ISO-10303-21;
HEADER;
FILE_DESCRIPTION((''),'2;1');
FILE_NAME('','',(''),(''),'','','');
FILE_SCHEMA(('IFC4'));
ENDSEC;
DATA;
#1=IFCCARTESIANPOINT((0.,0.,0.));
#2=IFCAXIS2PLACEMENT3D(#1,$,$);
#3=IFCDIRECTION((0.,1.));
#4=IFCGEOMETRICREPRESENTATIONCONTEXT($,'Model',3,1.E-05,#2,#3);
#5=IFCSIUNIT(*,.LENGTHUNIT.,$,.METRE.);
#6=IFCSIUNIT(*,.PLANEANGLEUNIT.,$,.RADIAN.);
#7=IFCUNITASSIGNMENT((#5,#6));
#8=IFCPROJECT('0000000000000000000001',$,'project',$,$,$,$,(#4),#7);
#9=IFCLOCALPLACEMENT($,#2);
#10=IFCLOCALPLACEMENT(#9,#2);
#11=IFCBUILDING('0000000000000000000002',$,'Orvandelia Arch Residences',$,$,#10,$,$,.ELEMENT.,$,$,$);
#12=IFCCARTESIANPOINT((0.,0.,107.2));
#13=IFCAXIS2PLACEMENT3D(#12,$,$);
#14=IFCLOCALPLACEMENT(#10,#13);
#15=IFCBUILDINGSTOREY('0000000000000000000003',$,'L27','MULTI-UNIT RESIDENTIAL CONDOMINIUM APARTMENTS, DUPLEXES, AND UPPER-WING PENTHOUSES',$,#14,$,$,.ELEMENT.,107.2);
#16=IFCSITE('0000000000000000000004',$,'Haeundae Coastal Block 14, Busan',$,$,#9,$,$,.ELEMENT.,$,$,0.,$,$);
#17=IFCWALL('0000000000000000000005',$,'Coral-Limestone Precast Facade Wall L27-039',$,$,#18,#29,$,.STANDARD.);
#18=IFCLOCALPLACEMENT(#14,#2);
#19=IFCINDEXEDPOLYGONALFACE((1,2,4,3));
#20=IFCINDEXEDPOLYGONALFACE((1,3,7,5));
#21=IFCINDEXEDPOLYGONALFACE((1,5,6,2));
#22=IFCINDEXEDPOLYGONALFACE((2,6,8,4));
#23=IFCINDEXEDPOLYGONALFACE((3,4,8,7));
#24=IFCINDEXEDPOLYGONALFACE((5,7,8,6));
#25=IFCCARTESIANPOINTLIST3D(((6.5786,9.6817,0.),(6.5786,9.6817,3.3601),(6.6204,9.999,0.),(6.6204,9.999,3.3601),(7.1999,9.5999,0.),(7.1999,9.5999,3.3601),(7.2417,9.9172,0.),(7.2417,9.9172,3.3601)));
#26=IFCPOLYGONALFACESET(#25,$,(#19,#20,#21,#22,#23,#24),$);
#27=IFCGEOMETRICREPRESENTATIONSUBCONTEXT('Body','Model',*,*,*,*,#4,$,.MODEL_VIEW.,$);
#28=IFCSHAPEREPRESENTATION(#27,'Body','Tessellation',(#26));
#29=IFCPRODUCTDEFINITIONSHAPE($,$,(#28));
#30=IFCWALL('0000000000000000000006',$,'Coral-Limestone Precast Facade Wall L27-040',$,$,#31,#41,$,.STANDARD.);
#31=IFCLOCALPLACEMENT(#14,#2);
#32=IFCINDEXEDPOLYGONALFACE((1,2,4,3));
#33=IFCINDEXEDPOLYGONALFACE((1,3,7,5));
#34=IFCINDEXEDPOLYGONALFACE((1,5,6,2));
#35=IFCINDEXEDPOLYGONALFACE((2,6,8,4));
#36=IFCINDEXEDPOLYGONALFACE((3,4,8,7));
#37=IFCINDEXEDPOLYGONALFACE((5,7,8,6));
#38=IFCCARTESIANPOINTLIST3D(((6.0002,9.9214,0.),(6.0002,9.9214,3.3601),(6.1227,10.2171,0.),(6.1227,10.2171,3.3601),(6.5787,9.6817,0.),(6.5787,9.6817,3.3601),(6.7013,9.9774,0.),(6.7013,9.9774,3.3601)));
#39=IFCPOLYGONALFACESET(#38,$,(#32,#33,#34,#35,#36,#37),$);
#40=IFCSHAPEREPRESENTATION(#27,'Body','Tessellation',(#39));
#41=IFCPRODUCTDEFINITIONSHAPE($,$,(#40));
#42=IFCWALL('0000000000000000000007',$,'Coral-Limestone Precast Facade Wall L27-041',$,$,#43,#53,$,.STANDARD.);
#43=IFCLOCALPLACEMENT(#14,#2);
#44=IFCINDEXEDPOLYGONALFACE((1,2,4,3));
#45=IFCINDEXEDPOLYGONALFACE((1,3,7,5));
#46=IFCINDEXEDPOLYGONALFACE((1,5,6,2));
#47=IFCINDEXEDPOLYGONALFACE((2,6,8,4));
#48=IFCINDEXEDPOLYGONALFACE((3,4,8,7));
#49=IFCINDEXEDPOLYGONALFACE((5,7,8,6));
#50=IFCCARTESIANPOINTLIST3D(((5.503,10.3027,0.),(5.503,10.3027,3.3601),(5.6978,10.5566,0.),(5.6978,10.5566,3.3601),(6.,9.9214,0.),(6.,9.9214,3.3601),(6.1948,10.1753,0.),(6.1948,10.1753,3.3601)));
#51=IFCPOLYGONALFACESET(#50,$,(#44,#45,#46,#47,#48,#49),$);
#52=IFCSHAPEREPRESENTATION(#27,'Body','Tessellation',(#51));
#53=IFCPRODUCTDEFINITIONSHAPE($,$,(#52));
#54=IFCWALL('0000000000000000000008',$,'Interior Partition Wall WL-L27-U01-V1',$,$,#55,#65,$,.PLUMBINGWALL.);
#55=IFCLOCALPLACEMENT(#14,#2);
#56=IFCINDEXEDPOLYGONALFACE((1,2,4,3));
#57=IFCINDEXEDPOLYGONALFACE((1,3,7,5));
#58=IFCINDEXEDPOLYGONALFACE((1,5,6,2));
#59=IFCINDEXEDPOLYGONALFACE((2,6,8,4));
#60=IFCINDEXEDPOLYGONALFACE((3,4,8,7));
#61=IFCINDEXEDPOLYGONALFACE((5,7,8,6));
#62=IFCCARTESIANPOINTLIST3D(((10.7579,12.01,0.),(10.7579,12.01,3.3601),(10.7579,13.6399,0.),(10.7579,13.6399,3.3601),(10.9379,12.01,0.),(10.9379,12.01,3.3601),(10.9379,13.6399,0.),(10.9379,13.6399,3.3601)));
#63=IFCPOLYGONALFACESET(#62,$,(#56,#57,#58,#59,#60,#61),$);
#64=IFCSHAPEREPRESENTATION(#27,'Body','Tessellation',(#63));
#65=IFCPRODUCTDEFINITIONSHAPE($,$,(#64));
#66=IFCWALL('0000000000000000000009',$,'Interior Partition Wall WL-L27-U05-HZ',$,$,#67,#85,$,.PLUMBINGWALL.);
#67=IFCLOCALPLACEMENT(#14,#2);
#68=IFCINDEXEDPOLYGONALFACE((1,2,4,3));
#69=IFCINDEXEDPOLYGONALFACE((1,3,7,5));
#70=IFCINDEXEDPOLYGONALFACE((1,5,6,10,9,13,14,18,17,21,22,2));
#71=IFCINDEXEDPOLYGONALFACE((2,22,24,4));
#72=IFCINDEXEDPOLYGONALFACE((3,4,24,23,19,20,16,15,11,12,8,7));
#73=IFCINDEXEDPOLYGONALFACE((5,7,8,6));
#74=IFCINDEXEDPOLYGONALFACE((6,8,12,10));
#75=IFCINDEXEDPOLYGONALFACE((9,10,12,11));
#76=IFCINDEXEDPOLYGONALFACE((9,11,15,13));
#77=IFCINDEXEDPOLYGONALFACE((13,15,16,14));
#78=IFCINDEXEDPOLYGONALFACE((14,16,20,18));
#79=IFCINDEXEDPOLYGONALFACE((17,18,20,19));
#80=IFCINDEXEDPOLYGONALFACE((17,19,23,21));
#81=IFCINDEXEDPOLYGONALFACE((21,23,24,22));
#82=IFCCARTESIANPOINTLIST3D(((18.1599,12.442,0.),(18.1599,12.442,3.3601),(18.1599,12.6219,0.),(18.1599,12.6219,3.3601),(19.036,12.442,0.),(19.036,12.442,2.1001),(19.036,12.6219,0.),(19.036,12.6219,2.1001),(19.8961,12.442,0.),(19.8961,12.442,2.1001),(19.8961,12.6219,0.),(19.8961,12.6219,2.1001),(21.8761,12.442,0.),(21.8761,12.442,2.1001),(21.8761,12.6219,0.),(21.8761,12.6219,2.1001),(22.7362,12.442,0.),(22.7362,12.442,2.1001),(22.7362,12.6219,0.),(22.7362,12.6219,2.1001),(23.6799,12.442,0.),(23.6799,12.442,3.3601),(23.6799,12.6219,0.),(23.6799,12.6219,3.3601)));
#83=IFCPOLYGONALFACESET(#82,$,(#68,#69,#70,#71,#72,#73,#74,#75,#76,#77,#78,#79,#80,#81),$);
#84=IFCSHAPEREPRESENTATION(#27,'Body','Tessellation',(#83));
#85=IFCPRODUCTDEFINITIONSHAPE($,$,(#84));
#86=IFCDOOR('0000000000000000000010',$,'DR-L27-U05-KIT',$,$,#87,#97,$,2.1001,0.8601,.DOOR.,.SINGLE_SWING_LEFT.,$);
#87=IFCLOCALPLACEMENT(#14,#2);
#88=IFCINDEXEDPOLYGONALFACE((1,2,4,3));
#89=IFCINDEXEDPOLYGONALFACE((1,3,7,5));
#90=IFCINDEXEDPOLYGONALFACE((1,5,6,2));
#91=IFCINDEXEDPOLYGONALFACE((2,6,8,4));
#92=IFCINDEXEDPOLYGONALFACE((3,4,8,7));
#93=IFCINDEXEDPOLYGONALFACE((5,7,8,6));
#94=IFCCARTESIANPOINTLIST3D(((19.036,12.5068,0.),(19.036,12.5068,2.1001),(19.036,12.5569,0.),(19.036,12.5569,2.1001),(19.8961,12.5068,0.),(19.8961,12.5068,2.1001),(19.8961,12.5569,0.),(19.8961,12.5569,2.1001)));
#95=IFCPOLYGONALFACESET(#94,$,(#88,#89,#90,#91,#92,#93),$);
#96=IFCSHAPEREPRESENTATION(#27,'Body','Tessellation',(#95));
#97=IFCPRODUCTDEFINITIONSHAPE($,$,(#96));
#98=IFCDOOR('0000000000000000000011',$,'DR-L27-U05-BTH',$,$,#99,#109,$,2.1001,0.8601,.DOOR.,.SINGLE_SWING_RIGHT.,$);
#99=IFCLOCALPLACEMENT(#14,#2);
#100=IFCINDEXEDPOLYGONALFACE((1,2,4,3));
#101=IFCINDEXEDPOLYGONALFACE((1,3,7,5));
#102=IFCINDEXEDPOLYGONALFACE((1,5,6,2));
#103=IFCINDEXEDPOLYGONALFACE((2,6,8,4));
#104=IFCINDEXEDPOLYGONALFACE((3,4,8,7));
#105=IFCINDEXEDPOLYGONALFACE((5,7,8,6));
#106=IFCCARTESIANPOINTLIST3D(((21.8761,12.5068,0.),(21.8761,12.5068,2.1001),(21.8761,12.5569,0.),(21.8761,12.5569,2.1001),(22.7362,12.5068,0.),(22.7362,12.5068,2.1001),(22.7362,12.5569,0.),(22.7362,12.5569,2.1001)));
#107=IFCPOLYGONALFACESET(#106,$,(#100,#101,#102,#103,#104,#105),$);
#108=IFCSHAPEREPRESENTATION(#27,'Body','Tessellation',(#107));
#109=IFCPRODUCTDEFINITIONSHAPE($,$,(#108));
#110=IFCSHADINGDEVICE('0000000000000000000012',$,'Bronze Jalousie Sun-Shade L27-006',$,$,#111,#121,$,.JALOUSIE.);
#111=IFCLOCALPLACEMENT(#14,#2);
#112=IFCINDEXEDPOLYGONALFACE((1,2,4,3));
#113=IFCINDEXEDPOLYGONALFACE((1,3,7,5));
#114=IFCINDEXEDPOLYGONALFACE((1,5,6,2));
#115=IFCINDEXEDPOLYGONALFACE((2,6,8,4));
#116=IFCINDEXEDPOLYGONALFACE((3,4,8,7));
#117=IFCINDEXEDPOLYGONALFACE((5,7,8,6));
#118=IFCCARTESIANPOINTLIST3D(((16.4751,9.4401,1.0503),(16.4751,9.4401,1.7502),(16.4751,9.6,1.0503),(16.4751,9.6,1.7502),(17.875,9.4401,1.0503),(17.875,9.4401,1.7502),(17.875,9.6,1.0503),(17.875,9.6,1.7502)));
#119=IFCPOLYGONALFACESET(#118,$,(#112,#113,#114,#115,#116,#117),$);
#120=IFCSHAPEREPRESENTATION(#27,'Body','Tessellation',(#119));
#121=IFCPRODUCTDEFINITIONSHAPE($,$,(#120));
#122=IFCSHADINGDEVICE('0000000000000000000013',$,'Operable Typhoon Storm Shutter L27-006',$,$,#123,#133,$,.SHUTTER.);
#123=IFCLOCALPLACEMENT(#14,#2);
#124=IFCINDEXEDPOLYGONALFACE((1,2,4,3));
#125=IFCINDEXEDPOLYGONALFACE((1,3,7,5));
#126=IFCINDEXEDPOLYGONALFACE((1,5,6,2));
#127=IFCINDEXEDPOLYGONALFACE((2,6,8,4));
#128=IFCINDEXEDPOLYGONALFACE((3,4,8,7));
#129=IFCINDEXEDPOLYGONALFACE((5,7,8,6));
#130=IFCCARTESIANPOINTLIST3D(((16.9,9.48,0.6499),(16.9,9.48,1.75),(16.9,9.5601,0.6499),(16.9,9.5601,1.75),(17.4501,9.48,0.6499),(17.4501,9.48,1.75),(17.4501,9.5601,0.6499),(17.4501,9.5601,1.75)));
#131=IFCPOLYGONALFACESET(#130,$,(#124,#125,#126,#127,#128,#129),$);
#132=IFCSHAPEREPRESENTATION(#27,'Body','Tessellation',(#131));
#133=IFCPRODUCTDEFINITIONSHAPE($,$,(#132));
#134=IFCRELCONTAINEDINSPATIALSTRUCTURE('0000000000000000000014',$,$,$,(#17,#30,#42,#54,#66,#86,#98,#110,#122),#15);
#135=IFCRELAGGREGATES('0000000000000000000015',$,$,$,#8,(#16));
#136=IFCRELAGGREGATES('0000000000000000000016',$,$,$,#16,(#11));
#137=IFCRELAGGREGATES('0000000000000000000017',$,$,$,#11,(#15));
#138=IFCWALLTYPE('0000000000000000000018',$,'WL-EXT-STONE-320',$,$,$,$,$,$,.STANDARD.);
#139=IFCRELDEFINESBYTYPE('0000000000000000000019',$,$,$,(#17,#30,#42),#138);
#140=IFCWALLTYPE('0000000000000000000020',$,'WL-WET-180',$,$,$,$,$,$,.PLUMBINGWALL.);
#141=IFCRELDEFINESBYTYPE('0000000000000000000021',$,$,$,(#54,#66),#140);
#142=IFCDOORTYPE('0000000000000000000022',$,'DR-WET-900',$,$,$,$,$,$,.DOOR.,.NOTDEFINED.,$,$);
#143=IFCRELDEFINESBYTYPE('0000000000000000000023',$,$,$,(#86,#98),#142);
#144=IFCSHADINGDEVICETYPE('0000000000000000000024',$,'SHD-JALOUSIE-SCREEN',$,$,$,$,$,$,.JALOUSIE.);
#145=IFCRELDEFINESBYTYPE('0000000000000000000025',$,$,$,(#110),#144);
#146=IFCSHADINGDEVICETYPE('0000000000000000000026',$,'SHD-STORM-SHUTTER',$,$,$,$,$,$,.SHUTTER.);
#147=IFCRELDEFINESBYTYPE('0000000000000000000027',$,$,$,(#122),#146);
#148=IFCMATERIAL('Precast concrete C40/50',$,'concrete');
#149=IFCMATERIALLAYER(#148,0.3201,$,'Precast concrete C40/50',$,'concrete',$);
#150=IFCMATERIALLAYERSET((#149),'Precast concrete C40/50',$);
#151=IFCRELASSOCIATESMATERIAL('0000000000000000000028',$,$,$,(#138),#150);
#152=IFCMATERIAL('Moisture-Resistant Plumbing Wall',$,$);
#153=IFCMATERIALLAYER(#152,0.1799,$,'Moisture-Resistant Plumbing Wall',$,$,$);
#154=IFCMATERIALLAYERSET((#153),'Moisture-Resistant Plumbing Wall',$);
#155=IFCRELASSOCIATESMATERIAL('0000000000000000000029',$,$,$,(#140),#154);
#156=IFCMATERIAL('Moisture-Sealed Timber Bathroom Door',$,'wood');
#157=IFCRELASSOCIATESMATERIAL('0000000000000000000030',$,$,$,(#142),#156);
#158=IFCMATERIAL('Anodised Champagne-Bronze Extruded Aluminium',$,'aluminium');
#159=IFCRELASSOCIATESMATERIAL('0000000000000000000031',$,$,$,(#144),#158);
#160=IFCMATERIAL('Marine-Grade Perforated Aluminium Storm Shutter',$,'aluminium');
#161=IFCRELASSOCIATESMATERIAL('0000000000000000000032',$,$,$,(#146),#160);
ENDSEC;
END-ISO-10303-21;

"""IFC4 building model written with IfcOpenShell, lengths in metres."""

from ifc_helpers import new_model, si_unit, direction, frame, frame_2d, origin, origin_2d, place, context, subcontext, project, spatial, rectangle, extrude, material, layer, layer_set, type_object, element, fill, save


model = new_model("IFC4")

# Units and contexts
model_context = context("Model", 3, precision=1e-05, world=origin(), true_north=direction((0.0, 1.0)))
body_context = subcontext(model_context, "Body", "Model", "MODEL_VIEW")
ifc_project = project(units=[si_unit("LENGTHUNIT", "METRE"), si_unit("PLANEANGLEUNIT", "RADIAN")], contexts=[model_context])

# Site, building, storey
site_placement = place(None, origin())
site = spatial("IfcSite", under=ifc_project, at=site_placement, Name="Haeundae Coastal Block 14, Busan", CompositionType="ELEMENT", RefElevation=0.0)
building_placement = place(site_placement, origin())
building = spatial("IfcBuilding", under=site, at=building_placement, Name="Orvandelia Arch Residences", CompositionType="ELEMENT")
storey_placement = place(building_placement, frame((0.0, 0.0, 107.2)))
storey = spatial("IfcBuildingStorey", under=building, at=storey_placement, Name="L27", Description="MULTI-UNIT RESIDENTIAL CONDOMINIUM APARTMENTS, DUPLEXES, AND UPPER-WING PENTHOUSES", CompositionType="ELEMENT", Elevation=107.2)

# Walls
ifc_material_1 = material(Name="Precast concrete C40/50", Category="concrete")
ifc_layer_1 = layer(ifc_material_1, 0.3201, Name="Precast concrete C40/50", Category="concrete")
ifc_layer_set_1 = layer_set([ifc_layer_1], Name="Precast concrete C40/50")
wall_type_1 = type_object("IfcWallType", Name="WL-EXT-STONE-320", PredefinedType="STANDARD", material=ifc_layer_set_1)
wall_1_placement = place(storey_placement, frame((7.2209, 9.7585, 0.0), z_axis=(0.0, 0.0, 1.0), x_axis=(-0.991448, 0.130505, 0.0)))
element("IfcWall", 1, at=wall_1_placement, inside=storey, type_object=wall_type_1, Name="Coral-Limestone Precast Facade Wall L27-039", PredefinedType="STANDARD", context=body_context, shape_type="SweptSolid", body=[
    extrude(rectangle(XDim=0.6267, YDim=0.3201, at=frame_2d((0.3135, 0.0))), origin(), (0.0, 0.0, 1.0), 3.3601),
])
wall_2_placement = place(storey_placement, frame((6.6399, 9.8296, 0.0), z_axis=(0.0, 0.0, 1.0), x_axis=(-0.923836, 0.382788, 0.0)))
element("IfcWall", 2, at=wall_2_placement, inside=storey, type_object=wall_type_1, Name="Coral-Limestone Precast Facade Wall L27-040", PredefinedType="STANDARD", context=body_context, shape_type="SweptSolid", body=[
    extrude(rectangle(XDim=0.6262, YDim=0.3201, at=frame_2d((0.313, 0.0))), origin(), (0.0, 0.0, 1.0), 3.3601),
])
wall_3_placement = place(storey_placement, frame((6.0974, 10.0483, 0.0), z_axis=(0.0, 0.0, 1.0), x_axis=(-0.793406, 0.608693, 0.0)))
element("IfcWall", 3, at=wall_3_placement, inside=storey, type_object=wall_type_1, Name="Coral-Limestone Precast Facade Wall L27-041", PredefinedType="STANDARD", context=body_context, shape_type="SweptSolid", body=[
    extrude(rectangle(XDim=0.6265, YDim=0.3201, at=frame_2d((0.3132, 0.0))), origin(), (0.0, 0.0, 1.0), 3.3601),
])
ifc_material_2 = material(Name="Moisture-Resistant Plumbing Wall")
ifc_layer_2 = layer(ifc_material_2, 0.1799, Name="Moisture-Resistant Plumbing Wall")
ifc_layer_set_2 = layer_set([ifc_layer_2], Name="Moisture-Resistant Plumbing Wall")
wall_type_2 = type_object("IfcWallType", Name="WL-WET-180", PredefinedType="PLUMBINGWALL", material=ifc_layer_set_2)
wall_4_placement = place(storey_placement, frame((10.8479, 12.01, 0.0), z_axis=(0.0, 0.0, 1.0), x_axis=(0.0, 1.0, 0.0)))
element("IfcWall", 4, at=wall_4_placement, inside=storey, type_object=wall_type_2, Name="Interior Partition Wall WL-L27-U01-V1", PredefinedType="PLUMBINGWALL", context=body_context, shape_type="SweptSolid", body=[
    extrude(rectangle(XDim=1.6299, YDim=0.1799, at=frame_2d((0.8149, 0.0))), origin(), (0.0, 0.0, 1.0), 3.3601),
])

# Wall, openings, doors
wall_5_placement = place(storey_placement, frame((18.1599, 12.532, 0.0), z_axis=(0.0, 0.0, 1.0), x_axis=(1.0, 0.0, 0.0)))
wall_5 = element("IfcWall", 5, at=wall_5_placement, inside=storey, type_object=wall_type_2, Name="Interior Partition Wall WL-L27-U05-HZ", PredefinedType="PLUMBINGWALL", context=body_context, shape_type="SweptSolid", body=[
    extrude(rectangle(XDim=5.52, YDim=0.1799, at=frame_2d((2.76, 0.0))), origin(), (0.0, 0.0, 1.0), 3.3601),
])
opening_1_placement = place(wall_5_placement, frame((0.876, 0.0, 0.0)))
opening_1 = element("IfcOpeningElement", 6, at=opening_1_placement, cuts=wall_5, PredefinedType="OPENING", context=body_context, shape_type="SweptSolid", body=[
    extrude(rectangle(XDim=0.8601, YDim=2.1001, at=frame_2d((0.4302, 1.05))), frame((0.0, 0.1001, 0.0), z_axis=(0.0, -1.0, 0.0), x_axis=(1.0, 0.0, 0.0)), (0.0, 0.0, 1.0), 0.2),
])
opening_2_placement = place(wall_5_placement, frame((3.7161, 0.0, 0.0)))
opening_2 = element("IfcOpeningElement", 7, at=opening_2_placement, cuts=wall_5, PredefinedType="OPENING", context=body_context, shape_type="SweptSolid", body=[
    extrude(rectangle(XDim=0.8601, YDim=2.1001, at=frame_2d((0.4302, 1.05))), frame((0.0, 0.1001, 0.0), z_axis=(0.0, -1.0, 0.0), x_axis=(1.0, 0.0, 0.0)), (0.0, 0.0, 1.0), 0.2),
])
ifc_material_3 = material(Name="Moisture-Sealed Timber Bathroom Door", Category="wood")
door_type_1 = type_object("IfcDoorType", Name="DR-WET-900", OperationType="NOTDEFINED", PredefinedType="DOOR", material=ifc_material_3)
door_1_placement = place(opening_1_placement, origin())
door_1 = element("IfcDoor", 8, at=door_1_placement, inside=storey, type_object=door_type_1, Name="DR-L27-U05-KIT", OperationType="SINGLE_SWING_LEFT", OverallHeight=2.1001, OverallWidth=0.8601, PredefinedType="DOOR", context=body_context, shape_type="SweptSolid", body=[
    extrude(rectangle(XDim=0.8601, YDim=2.1001, at=frame_2d((0.4302, 1.05))), frame((0.0, 0.0249, 0.0), z_axis=(0.0, -1.0, 0.0), x_axis=(1.0, 0.0, 0.0)), (0.0, 0.0, 1.0), 0.05),
])
fill(opening_1, door_1)
door_2_placement = place(opening_2_placement, origin())
door_2 = element("IfcDoor", 9, at=door_2_placement, inside=storey, type_object=door_type_1, Name="DR-L27-U05-BTH", OperationType="SINGLE_SWING_RIGHT", OverallHeight=2.1001, OverallWidth=0.8601, PredefinedType="DOOR", context=body_context, shape_type="SweptSolid", body=[
    extrude(rectangle(XDim=0.8601, YDim=2.1001, at=frame_2d((0.4302, 1.05))), frame((0.0, 0.0249, 0.0), z_axis=(0.0, -1.0, 0.0), x_axis=(1.0, 0.0, 0.0)), (0.0, 0.0, 1.0), 0.05),
])
fill(opening_2, door_2)

# Shading devices
ifc_material_4 = material(Name="Anodised Champagne-Bronze Extruded Aluminium", Category="aluminium")
shading_device_type_1 = type_object("IfcShadingDeviceType", Name="SHD-JALOUSIE-SCREEN", PredefinedType="JALOUSIE", material=ifc_material_4)
shading_device_1_placement = place(storey_placement, frame((17.175, 9.52, 1.0503), z_axis=(0.0, 0.0, 1.0), x_axis=(-1.0, 0.0, 0.0)))
element("IfcShadingDevice", 10, at=shading_device_1_placement, inside=storey, type_object=shading_device_type_1, Name="Bronze Jalousie Sun-Shade L27-006", PredefinedType="JALOUSIE", context=body_context, shape_type="SweptSolid", body=[
    extrude(rectangle(XDim=1.3999, YDim=0.1599, at=origin_2d()), origin(), (0.0, 0.0, 1.0), 0.7),
])
ifc_material_5 = material(Name="Marine-Grade Perforated Aluminium Storm Shutter", Category="aluminium")
shading_device_type_2 = type_object("IfcShadingDeviceType", Name="SHD-STORM-SHUTTER", PredefinedType="SHUTTER", material=ifc_material_5)
shading_device_2_placement = place(storey_placement, frame((17.175, 9.52, 0.6499), z_axis=(0.0, 0.0, 1.0), x_axis=(-1.0, 0.0, 0.0)))
element("IfcShadingDevice", 11, at=shading_device_2_placement, inside=storey, type_object=shading_device_type_2, Name="Operable Typhoon Storm Shutter L27-006", PredefinedType="SHUTTER", context=body_context, shape_type="SweptSolid", body=[
    extrude(rectangle(XDim=0.55, YDim=0.0801, at=origin_2d()), origin(), (0.0, 0.0, 1.0), 1.1001),
])

save(model, "model.ifc")
